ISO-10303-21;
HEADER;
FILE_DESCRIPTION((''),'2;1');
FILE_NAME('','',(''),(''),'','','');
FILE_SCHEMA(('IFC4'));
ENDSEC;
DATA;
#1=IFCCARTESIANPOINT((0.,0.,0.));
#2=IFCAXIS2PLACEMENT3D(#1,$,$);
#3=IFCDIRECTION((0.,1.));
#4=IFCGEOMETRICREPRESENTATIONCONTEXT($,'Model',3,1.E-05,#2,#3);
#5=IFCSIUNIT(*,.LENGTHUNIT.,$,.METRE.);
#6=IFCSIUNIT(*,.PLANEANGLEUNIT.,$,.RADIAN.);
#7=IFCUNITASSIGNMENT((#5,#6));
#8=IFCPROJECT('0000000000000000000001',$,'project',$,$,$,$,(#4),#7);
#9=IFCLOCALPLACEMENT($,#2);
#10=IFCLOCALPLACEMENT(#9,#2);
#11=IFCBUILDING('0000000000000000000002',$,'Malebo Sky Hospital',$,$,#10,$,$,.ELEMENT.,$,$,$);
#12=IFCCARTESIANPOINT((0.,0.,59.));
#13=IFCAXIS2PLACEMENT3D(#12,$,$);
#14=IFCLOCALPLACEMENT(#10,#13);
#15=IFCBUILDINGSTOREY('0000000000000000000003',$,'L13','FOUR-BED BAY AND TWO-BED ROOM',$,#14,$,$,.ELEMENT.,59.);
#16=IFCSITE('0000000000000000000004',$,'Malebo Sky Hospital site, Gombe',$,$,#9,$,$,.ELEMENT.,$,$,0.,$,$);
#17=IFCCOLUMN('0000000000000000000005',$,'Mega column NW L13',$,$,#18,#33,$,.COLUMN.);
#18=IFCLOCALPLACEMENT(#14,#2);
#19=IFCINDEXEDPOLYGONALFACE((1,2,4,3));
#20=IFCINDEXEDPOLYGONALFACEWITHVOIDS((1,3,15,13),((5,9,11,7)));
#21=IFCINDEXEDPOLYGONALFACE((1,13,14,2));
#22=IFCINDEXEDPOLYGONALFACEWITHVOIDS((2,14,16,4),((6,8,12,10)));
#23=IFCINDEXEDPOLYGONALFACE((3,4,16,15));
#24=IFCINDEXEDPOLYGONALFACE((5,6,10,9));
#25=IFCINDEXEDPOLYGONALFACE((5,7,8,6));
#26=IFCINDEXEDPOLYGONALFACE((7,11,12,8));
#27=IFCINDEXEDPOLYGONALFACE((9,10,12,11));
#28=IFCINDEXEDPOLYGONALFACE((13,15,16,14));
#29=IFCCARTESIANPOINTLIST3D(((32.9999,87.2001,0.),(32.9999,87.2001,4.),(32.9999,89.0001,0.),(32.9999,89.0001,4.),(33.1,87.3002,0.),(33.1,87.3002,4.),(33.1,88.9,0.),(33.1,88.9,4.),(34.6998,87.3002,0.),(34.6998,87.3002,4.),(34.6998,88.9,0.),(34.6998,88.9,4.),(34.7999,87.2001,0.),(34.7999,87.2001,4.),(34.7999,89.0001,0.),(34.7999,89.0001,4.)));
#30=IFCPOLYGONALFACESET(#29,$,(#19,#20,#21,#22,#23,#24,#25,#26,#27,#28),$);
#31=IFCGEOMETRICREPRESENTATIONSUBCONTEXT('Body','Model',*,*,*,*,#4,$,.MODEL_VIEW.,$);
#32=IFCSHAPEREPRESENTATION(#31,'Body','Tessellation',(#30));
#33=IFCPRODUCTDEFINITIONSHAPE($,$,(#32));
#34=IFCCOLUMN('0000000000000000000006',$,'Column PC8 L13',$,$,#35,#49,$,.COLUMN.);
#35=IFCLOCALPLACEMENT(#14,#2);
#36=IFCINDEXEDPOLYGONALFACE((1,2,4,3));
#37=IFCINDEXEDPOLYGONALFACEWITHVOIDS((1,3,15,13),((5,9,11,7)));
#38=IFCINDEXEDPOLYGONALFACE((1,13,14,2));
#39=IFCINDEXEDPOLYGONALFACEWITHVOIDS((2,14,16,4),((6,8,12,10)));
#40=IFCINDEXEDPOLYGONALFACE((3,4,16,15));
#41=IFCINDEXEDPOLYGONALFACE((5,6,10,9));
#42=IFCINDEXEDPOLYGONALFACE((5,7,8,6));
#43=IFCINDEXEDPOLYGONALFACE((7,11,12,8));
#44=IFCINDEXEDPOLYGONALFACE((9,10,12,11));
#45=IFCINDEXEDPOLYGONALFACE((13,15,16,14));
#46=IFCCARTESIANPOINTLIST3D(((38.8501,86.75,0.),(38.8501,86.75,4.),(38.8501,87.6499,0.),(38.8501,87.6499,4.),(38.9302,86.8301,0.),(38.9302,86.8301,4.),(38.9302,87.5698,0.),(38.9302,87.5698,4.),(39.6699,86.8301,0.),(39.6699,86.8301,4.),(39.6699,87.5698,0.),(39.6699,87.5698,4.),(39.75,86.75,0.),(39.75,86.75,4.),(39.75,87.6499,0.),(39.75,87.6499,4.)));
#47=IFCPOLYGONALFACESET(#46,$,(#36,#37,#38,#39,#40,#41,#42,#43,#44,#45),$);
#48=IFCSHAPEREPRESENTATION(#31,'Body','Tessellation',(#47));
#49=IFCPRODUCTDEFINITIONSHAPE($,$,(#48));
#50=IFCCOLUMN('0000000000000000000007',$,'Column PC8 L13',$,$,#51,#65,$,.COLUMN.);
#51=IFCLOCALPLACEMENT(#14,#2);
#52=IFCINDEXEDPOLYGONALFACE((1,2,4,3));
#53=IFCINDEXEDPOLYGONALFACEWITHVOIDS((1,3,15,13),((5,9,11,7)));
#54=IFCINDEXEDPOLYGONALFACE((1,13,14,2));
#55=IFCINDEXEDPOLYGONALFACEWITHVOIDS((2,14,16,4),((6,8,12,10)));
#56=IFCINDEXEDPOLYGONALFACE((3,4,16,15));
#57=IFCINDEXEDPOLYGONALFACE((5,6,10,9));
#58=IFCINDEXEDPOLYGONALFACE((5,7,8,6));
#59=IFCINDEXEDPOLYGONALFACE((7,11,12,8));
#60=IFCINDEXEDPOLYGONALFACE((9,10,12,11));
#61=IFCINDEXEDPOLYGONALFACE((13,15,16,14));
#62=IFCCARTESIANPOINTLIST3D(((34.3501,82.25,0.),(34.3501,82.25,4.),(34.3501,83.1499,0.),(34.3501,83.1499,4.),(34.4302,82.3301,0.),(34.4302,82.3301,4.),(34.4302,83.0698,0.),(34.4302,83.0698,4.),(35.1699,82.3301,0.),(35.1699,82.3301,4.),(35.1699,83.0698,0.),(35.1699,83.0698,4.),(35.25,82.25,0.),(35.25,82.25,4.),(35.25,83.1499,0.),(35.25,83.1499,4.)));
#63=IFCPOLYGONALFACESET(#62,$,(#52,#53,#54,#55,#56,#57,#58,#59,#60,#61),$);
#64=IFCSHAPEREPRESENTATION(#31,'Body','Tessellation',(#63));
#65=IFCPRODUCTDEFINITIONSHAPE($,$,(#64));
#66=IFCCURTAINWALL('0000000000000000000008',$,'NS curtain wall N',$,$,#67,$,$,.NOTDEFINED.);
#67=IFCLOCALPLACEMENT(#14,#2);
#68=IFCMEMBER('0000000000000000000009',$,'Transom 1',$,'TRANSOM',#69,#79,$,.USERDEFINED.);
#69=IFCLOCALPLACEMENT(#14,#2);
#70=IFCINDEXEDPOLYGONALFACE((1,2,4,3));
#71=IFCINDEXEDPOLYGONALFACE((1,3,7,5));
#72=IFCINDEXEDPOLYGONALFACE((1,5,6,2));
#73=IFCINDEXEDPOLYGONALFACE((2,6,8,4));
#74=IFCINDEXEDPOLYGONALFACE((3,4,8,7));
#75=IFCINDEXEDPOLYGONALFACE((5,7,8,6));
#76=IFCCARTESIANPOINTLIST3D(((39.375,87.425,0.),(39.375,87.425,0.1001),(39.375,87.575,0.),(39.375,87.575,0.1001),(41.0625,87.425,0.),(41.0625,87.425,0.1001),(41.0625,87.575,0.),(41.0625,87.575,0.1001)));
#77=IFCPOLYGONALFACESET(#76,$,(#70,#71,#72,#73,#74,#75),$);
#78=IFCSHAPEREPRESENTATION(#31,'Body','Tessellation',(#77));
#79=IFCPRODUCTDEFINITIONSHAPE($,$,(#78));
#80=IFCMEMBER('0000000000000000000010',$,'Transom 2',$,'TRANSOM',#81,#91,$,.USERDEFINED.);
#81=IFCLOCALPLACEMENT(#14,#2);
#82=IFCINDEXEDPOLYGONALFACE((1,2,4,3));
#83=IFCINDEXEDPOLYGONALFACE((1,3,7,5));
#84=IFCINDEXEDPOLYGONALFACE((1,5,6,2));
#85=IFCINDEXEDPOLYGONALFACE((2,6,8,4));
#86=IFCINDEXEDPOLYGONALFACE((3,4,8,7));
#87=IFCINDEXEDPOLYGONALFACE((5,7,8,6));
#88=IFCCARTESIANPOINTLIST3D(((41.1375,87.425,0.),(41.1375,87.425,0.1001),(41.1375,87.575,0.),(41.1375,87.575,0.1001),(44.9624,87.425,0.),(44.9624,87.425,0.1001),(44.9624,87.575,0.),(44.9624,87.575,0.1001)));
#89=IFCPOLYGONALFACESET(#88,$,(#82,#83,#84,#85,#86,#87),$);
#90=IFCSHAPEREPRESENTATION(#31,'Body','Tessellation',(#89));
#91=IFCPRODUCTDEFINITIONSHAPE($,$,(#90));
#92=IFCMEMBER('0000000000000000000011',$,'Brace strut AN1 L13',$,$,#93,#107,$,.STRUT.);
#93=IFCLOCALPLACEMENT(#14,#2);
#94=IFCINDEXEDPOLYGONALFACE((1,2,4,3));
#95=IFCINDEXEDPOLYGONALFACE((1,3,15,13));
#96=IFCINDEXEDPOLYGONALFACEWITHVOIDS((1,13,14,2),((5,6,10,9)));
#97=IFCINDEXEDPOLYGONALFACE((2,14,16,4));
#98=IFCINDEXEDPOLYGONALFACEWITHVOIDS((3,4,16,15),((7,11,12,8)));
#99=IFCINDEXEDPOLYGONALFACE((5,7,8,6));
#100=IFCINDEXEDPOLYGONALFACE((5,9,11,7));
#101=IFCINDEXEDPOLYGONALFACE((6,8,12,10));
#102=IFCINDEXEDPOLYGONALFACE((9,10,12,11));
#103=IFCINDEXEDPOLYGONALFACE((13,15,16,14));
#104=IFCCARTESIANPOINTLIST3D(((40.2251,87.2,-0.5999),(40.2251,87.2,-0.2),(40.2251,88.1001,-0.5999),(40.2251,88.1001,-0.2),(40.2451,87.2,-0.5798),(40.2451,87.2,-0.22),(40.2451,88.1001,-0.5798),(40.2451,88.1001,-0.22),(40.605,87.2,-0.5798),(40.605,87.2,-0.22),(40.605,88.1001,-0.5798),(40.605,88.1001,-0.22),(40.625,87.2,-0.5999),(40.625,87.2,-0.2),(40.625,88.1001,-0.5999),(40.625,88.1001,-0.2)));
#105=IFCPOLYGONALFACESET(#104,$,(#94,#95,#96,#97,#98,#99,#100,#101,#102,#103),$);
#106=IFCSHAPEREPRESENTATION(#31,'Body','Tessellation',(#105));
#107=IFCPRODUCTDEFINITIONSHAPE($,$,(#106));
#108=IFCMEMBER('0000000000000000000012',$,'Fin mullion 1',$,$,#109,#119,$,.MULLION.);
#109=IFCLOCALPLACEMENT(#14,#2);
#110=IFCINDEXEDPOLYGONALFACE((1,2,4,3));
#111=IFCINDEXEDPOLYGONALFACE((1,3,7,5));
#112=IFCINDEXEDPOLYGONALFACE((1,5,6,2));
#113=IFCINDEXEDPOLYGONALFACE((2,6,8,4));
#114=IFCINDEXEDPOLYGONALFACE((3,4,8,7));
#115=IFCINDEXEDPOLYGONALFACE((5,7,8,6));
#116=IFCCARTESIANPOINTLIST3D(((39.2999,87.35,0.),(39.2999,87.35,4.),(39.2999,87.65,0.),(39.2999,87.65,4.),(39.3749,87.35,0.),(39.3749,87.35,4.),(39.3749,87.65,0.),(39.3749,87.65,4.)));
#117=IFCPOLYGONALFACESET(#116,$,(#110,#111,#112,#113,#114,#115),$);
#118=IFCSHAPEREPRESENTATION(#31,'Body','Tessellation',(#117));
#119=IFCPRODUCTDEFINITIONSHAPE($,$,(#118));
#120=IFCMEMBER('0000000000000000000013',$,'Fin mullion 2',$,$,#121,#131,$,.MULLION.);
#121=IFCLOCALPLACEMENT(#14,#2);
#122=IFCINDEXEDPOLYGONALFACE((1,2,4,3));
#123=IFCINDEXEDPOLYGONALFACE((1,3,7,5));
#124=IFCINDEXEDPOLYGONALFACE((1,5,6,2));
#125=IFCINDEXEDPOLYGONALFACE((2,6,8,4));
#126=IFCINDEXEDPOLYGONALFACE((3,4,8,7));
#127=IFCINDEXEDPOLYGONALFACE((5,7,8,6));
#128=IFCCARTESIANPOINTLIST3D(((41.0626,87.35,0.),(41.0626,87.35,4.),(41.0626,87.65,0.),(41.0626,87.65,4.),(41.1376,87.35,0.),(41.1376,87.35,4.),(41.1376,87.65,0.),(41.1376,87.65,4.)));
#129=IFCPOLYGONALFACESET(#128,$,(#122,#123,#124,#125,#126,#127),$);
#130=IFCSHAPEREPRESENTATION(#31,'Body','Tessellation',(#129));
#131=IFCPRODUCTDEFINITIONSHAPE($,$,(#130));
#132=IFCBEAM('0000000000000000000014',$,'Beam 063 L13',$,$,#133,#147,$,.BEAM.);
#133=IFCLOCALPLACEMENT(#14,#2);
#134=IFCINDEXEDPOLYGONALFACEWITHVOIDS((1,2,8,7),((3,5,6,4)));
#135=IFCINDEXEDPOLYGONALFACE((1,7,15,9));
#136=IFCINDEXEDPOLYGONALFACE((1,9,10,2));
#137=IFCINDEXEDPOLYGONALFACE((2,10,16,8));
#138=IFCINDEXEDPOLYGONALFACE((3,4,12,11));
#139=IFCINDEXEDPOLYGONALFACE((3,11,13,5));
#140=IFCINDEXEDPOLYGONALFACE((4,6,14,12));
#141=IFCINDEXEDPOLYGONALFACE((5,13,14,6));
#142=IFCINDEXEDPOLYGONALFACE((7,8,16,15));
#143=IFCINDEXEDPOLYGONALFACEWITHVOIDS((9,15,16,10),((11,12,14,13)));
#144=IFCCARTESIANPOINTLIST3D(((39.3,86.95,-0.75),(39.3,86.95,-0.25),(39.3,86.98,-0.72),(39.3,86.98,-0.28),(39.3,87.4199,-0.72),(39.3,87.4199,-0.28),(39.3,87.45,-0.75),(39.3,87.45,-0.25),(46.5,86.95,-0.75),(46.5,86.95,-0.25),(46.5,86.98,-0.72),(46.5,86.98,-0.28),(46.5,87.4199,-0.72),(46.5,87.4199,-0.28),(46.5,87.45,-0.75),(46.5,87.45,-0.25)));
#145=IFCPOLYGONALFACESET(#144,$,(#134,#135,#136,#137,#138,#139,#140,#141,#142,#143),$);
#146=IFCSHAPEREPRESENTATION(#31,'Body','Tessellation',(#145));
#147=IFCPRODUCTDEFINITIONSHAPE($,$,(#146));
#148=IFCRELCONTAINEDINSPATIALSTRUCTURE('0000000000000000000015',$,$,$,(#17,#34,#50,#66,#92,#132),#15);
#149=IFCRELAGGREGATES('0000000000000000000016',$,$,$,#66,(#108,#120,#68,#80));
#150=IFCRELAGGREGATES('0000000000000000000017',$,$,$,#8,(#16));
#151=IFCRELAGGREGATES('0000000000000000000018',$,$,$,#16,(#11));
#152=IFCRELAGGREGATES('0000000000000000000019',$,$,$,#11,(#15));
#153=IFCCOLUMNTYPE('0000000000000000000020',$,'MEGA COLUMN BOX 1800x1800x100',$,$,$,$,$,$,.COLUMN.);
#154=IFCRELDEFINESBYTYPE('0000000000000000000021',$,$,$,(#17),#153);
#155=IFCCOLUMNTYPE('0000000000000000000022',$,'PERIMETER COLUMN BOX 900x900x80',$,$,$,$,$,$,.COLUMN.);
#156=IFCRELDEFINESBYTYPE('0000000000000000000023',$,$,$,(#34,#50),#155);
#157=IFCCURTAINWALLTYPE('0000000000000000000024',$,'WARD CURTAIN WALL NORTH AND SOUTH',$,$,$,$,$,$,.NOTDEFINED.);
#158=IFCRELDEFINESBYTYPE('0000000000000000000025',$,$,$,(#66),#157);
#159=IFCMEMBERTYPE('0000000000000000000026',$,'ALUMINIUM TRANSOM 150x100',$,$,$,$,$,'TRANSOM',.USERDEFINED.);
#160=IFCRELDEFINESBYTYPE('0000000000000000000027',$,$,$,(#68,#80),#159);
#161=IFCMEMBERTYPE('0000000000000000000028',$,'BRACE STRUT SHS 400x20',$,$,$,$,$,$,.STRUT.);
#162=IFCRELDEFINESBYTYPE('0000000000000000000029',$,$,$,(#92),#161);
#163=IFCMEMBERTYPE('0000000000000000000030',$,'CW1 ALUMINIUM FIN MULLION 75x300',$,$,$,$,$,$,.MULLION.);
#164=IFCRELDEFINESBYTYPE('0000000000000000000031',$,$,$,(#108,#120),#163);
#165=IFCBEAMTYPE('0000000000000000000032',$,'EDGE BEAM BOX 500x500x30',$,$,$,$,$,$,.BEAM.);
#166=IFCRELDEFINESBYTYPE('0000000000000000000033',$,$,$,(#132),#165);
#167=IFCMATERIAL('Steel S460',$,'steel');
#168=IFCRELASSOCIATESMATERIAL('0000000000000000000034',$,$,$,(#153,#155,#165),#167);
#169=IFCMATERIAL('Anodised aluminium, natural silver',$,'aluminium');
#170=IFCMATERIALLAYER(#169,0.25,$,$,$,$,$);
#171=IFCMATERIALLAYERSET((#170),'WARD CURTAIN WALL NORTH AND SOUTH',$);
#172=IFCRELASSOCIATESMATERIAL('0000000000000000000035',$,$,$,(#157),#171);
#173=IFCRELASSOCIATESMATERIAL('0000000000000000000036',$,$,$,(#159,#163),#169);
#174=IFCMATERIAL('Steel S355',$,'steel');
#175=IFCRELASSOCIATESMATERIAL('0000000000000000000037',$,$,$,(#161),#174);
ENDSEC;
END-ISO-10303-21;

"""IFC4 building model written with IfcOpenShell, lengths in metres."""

from ifc_helpers import new_model, si_unit, direction, frame, origin, origin_2d, place, context, subcontext, project, spatial, rectangle, hollow_rectangle, extrude, material, layer, layer_set, material_profile, profile_set, type_object, element, aggregate, save


model = new_model("IFC4")

# Units and contexts
model_context = context("Model", 3, precision=1e-05, world=origin(), true_north=direction((0.0, 1.0)))
body_context = subcontext(model_context, "Body", "Model", "MODEL_VIEW")
ifc_project = project(units=[si_unit("LENGTHUNIT", "METRE"), si_unit("PLANEANGLEUNIT", "RADIAN")], contexts=[model_context])

# Site, building, storey
site_placement = place(None, origin())
site = spatial("IfcSite", under=ifc_project, at=site_placement, Name="Malebo Sky Hospital site, Gombe", CompositionType="ELEMENT", RefElevation=0.0)
building_placement = place(site_placement, origin())
building = spatial("IfcBuilding", under=site, at=building_placement, Name="Malebo Sky Hospital", CompositionType="ELEMENT")
storey_placement = place(building_placement, frame((0.0, 0.0, 59.0)))
storey = spatial("IfcBuildingStorey", under=building, at=storey_placement, Name="L13", Description="FOUR-BED BAY AND TWO-BED ROOM", CompositionType="ELEMENT", Elevation=59.0)

# Columns
ifc_material_1 = material(Name="Steel S460", Category="steel")
ifc_material_profile_1 = material_profile(ifc_material_1, hollow_rectangle(XDim=1.8, YDim=1.8, WallThickness=0.1001, at=origin_2d()), Name="BOX 1800x1800x100")
ifc_profile_set_1 = profile_set([ifc_material_profile_1], Name="Steel S460")
column_type_1 = type_object("IfcColumnType", Name="MEGA COLUMN BOX 1800x1800x100", PredefinedType="COLUMN", material=ifc_profile_set_1)
column_placement = place(storey_placement, frame((33.8999, 88.1001, 0.0), z_axis=(0.0, 0.0, 1.0), x_axis=(1.0, 0.0, 0.0)))
element("IfcColumn", 1, at=column_placement, inside=storey, type_object=column_type_1, Name="Mega column NW L13", PredefinedType="COLUMN", context=body_context, shape_type="SweptSolid", body=[
    extrude(hollow_rectangle(XDim=1.8, YDim=1.8, WallThickness=0.1001, at=origin_2d()), origin(), (0.0, 0.0, 1.0), 4.0),
])
ifc_material_profile_2 = material_profile(ifc_material_1, hollow_rectangle(XDim=0.8999, YDim=0.8999, WallThickness=0.0801, at=origin_2d()), Name="BOX 900x900x80")
ifc_profile_set_2 = profile_set([ifc_material_profile_2], Name="Steel S460")
column_type_2 = type_object("IfcColumnType", Name="PERIMETER COLUMN BOX 900x900x80", PredefinedType="COLUMN", material=ifc_profile_set_2)
for number, where, z_axis, x_axis, name in (
    (2, (39.3, 87.2, 0.0), (0.0, 0.0, 1.0), (1.0, 0.0, 0.0), "Column PC8 L13"),
    (3, (34.8, 82.7, 0.0), (0.0, 0.0, 1.0), (1.0, 0.0, 0.0), "Column PC8 L13"),
):
    element("IfcColumn", number, at=place(storey_placement, frame(where, z_axis=z_axis, x_axis=x_axis)), inside=storey, type_object=column_type_2, Name=name, PredefinedType="COLUMN", context=body_context, shape_type="SweptSolid", body=[
        extrude(hollow_rectangle(XDim=0.8999, YDim=0.8999, WallThickness=0.0801, at=origin_2d()), origin(), (0.0, 0.0, 1.0), 4.0),
    ])

# Curtain wall, members
ifc_material_2 = material(Name="Anodised aluminium, natural silver", Category="aluminium")
ifc_layer_1 = layer(ifc_material_2, 0.25)
ifc_layer_set_1 = layer_set([ifc_layer_1], Name="WARD CURTAIN WALL NORTH AND SOUTH")
curtain_wall_type = type_object("IfcCurtainWallType", Name="WARD CURTAIN WALL NORTH AND SOUTH", PredefinedType="NOTDEFINED", material=ifc_layer_set_1)
curtain_wall_placement = place(storey_placement, origin())
curtain_wall = element("IfcCurtainWall", 4, at=curtain_wall_placement, inside=storey, type_object=curtain_wall_type, Name="NS curtain wall N", PredefinedType="NOTDEFINED")
ifc_material_profile_3 = material_profile(ifc_material_2, rectangle(XDim=0.1499, YDim=0.1001, at=origin_2d()), Name="ALUMINIUM TRANSOM 150x100")
ifc_profile_set_3 = profile_set([ifc_material_profile_3], Name="Anodised aluminium, natural silver")
member_type_1 = type_object("IfcMemberType", Name="ALUMINIUM TRANSOM 150x100", ElementType="TRANSOM", PredefinedType="USERDEFINED", material=ifc_profile_set_3)
member_1_placement = place(storey_placement, frame((39.375, 87.5, 0.05), z_axis=(1.0, 0.0, 0.0), x_axis=(0.0, 1.0, 0.0)))
member_1 = element("IfcMember", 5, at=member_1_placement, type_object=member_type_1, Name="Transom 1", ObjectType="TRANSOM", PredefinedType="USERDEFINED", context=body_context, shape_type="SweptSolid", body=[
    extrude(rectangle(XDim=0.1499, YDim=0.1001, at=origin_2d()), origin(), (0.0, 0.0, 1.0), 1.6875),
])
member_2_placement = place(storey_placement, frame((41.1375, 87.5, 0.05), z_axis=(1.0, 0.0, 0.0), x_axis=(0.0, 1.0, 0.0)))
member_2 = element("IfcMember", 6, at=member_2_placement, type_object=member_type_1, Name="Transom 2", ObjectType="TRANSOM", PredefinedType="USERDEFINED", context=body_context, shape_type="SweptSolid", body=[
    extrude(rectangle(XDim=0.1499, YDim=0.1001, at=origin_2d()), origin(), (0.0, 0.0, 1.0), 3.825),
])

# Members
ifc_material_3 = material(Name="Steel S355", Category="steel")
ifc_material_profile_4 = material_profile(ifc_material_3, hollow_rectangle(XDim=0.3999, YDim=0.3999, WallThickness=0.02, at=origin_2d()), Name="SHS 400x20")
ifc_profile_set_4 = profile_set([ifc_material_profile_4], Name="Steel S355")
member_type_2 = type_object("IfcMemberType", Name="BRACE STRUT SHS 400x20", PredefinedType="STRUT", material=ifc_profile_set_4)
member_3_placement = place(storey_placement, frame((40.425, 88.1001, -0.3999), z_axis=(0.0, -1.0, 0.0), x_axis=(1.0, 0.0, 0.0)))
element("IfcMember", 7, at=member_3_placement, inside=storey, type_object=member_type_2, Name="Brace strut AN1 L13", PredefinedType="STRUT", context=body_context, shape_type="SweptSolid", body=[
    extrude(hollow_rectangle(XDim=0.3999, YDim=0.3999, WallThickness=0.02, at=origin_2d()), origin(), (0.0, 0.0, 1.0), 0.9001),
])
ifc_material_profile_5 = material_profile(ifc_material_2, rectangle(XDim=0.075, YDim=0.3, at=origin_2d()), Name="CW1 ALUMINIUM FIN MULLION 75x300")
ifc_profile_set_5 = profile_set([ifc_material_profile_5], Name="Anodised aluminium, natural silver")
member_type_3 = type_object("IfcMemberType", Name="CW1 ALUMINIUM FIN MULLION 75x300", PredefinedType="MULLION", material=ifc_profile_set_5)
member_4_placement = place(storey_placement, frame((39.3374, 87.5, 0.0), z_axis=(0.0, 0.0, 1.0), x_axis=(1.0, 0.0, 0.0)))
member_4 = element("IfcMember", 8, at=member_4_placement, type_object=member_type_3, Name="Fin mullion 1", PredefinedType="MULLION", context=body_context, shape_type="SweptSolid", body=[
    extrude(rectangle(XDim=0.075, YDim=0.3, at=origin_2d()), origin(), (0.0, 0.0, 1.0), 4.0),
])
member_5_placement = place(storey_placement, frame((41.1001, 87.5, 0.0), z_axis=(0.0, 0.0, 1.0), x_axis=(1.0, 0.0, 0.0)))
member_5 = element("IfcMember", 9, at=member_5_placement, type_object=member_type_3, Name="Fin mullion 2", PredefinedType="MULLION", context=body_context, shape_type="SweptSolid", body=[
    extrude(rectangle(XDim=0.075, YDim=0.3, at=origin_2d()), origin(), (0.0, 0.0, 1.0), 4.0),
])

# Beam
ifc_material_profile_6 = material_profile(ifc_material_1, hollow_rectangle(XDim=0.5, YDim=0.5, WallThickness=0.03, at=origin_2d()), Name="BOX 500x500x30")
ifc_profile_set_6 = profile_set([ifc_material_profile_6], Name="Steel S460")
beam_type_1 = type_object("IfcBeamType", Name="EDGE BEAM BOX 500x500x30", PredefinedType="BEAM", material=ifc_profile_set_6)
beam_1_placement = place(storey_placement, frame((39.3, 87.2, -0.5), z_axis=(1.0, 0.0, 0.0), x_axis=(0.0, 1.0, 0.0)))
element("IfcBeam", 10, at=beam_1_placement, inside=storey, type_object=beam_type_1, Name="Beam 063 L13", PredefinedType="BEAM", context=body_context, shape_type="SweptSolid", body=[
    extrude(hollow_rectangle(XDim=0.5, YDim=0.5, WallThickness=0.03, at=origin_2d()), origin(), (0.0, 0.0, 1.0), 7.2),
])

aggregate(curtain_wall, [member_4, member_5, member_1, member_2])

save(model, "model.ifc")
